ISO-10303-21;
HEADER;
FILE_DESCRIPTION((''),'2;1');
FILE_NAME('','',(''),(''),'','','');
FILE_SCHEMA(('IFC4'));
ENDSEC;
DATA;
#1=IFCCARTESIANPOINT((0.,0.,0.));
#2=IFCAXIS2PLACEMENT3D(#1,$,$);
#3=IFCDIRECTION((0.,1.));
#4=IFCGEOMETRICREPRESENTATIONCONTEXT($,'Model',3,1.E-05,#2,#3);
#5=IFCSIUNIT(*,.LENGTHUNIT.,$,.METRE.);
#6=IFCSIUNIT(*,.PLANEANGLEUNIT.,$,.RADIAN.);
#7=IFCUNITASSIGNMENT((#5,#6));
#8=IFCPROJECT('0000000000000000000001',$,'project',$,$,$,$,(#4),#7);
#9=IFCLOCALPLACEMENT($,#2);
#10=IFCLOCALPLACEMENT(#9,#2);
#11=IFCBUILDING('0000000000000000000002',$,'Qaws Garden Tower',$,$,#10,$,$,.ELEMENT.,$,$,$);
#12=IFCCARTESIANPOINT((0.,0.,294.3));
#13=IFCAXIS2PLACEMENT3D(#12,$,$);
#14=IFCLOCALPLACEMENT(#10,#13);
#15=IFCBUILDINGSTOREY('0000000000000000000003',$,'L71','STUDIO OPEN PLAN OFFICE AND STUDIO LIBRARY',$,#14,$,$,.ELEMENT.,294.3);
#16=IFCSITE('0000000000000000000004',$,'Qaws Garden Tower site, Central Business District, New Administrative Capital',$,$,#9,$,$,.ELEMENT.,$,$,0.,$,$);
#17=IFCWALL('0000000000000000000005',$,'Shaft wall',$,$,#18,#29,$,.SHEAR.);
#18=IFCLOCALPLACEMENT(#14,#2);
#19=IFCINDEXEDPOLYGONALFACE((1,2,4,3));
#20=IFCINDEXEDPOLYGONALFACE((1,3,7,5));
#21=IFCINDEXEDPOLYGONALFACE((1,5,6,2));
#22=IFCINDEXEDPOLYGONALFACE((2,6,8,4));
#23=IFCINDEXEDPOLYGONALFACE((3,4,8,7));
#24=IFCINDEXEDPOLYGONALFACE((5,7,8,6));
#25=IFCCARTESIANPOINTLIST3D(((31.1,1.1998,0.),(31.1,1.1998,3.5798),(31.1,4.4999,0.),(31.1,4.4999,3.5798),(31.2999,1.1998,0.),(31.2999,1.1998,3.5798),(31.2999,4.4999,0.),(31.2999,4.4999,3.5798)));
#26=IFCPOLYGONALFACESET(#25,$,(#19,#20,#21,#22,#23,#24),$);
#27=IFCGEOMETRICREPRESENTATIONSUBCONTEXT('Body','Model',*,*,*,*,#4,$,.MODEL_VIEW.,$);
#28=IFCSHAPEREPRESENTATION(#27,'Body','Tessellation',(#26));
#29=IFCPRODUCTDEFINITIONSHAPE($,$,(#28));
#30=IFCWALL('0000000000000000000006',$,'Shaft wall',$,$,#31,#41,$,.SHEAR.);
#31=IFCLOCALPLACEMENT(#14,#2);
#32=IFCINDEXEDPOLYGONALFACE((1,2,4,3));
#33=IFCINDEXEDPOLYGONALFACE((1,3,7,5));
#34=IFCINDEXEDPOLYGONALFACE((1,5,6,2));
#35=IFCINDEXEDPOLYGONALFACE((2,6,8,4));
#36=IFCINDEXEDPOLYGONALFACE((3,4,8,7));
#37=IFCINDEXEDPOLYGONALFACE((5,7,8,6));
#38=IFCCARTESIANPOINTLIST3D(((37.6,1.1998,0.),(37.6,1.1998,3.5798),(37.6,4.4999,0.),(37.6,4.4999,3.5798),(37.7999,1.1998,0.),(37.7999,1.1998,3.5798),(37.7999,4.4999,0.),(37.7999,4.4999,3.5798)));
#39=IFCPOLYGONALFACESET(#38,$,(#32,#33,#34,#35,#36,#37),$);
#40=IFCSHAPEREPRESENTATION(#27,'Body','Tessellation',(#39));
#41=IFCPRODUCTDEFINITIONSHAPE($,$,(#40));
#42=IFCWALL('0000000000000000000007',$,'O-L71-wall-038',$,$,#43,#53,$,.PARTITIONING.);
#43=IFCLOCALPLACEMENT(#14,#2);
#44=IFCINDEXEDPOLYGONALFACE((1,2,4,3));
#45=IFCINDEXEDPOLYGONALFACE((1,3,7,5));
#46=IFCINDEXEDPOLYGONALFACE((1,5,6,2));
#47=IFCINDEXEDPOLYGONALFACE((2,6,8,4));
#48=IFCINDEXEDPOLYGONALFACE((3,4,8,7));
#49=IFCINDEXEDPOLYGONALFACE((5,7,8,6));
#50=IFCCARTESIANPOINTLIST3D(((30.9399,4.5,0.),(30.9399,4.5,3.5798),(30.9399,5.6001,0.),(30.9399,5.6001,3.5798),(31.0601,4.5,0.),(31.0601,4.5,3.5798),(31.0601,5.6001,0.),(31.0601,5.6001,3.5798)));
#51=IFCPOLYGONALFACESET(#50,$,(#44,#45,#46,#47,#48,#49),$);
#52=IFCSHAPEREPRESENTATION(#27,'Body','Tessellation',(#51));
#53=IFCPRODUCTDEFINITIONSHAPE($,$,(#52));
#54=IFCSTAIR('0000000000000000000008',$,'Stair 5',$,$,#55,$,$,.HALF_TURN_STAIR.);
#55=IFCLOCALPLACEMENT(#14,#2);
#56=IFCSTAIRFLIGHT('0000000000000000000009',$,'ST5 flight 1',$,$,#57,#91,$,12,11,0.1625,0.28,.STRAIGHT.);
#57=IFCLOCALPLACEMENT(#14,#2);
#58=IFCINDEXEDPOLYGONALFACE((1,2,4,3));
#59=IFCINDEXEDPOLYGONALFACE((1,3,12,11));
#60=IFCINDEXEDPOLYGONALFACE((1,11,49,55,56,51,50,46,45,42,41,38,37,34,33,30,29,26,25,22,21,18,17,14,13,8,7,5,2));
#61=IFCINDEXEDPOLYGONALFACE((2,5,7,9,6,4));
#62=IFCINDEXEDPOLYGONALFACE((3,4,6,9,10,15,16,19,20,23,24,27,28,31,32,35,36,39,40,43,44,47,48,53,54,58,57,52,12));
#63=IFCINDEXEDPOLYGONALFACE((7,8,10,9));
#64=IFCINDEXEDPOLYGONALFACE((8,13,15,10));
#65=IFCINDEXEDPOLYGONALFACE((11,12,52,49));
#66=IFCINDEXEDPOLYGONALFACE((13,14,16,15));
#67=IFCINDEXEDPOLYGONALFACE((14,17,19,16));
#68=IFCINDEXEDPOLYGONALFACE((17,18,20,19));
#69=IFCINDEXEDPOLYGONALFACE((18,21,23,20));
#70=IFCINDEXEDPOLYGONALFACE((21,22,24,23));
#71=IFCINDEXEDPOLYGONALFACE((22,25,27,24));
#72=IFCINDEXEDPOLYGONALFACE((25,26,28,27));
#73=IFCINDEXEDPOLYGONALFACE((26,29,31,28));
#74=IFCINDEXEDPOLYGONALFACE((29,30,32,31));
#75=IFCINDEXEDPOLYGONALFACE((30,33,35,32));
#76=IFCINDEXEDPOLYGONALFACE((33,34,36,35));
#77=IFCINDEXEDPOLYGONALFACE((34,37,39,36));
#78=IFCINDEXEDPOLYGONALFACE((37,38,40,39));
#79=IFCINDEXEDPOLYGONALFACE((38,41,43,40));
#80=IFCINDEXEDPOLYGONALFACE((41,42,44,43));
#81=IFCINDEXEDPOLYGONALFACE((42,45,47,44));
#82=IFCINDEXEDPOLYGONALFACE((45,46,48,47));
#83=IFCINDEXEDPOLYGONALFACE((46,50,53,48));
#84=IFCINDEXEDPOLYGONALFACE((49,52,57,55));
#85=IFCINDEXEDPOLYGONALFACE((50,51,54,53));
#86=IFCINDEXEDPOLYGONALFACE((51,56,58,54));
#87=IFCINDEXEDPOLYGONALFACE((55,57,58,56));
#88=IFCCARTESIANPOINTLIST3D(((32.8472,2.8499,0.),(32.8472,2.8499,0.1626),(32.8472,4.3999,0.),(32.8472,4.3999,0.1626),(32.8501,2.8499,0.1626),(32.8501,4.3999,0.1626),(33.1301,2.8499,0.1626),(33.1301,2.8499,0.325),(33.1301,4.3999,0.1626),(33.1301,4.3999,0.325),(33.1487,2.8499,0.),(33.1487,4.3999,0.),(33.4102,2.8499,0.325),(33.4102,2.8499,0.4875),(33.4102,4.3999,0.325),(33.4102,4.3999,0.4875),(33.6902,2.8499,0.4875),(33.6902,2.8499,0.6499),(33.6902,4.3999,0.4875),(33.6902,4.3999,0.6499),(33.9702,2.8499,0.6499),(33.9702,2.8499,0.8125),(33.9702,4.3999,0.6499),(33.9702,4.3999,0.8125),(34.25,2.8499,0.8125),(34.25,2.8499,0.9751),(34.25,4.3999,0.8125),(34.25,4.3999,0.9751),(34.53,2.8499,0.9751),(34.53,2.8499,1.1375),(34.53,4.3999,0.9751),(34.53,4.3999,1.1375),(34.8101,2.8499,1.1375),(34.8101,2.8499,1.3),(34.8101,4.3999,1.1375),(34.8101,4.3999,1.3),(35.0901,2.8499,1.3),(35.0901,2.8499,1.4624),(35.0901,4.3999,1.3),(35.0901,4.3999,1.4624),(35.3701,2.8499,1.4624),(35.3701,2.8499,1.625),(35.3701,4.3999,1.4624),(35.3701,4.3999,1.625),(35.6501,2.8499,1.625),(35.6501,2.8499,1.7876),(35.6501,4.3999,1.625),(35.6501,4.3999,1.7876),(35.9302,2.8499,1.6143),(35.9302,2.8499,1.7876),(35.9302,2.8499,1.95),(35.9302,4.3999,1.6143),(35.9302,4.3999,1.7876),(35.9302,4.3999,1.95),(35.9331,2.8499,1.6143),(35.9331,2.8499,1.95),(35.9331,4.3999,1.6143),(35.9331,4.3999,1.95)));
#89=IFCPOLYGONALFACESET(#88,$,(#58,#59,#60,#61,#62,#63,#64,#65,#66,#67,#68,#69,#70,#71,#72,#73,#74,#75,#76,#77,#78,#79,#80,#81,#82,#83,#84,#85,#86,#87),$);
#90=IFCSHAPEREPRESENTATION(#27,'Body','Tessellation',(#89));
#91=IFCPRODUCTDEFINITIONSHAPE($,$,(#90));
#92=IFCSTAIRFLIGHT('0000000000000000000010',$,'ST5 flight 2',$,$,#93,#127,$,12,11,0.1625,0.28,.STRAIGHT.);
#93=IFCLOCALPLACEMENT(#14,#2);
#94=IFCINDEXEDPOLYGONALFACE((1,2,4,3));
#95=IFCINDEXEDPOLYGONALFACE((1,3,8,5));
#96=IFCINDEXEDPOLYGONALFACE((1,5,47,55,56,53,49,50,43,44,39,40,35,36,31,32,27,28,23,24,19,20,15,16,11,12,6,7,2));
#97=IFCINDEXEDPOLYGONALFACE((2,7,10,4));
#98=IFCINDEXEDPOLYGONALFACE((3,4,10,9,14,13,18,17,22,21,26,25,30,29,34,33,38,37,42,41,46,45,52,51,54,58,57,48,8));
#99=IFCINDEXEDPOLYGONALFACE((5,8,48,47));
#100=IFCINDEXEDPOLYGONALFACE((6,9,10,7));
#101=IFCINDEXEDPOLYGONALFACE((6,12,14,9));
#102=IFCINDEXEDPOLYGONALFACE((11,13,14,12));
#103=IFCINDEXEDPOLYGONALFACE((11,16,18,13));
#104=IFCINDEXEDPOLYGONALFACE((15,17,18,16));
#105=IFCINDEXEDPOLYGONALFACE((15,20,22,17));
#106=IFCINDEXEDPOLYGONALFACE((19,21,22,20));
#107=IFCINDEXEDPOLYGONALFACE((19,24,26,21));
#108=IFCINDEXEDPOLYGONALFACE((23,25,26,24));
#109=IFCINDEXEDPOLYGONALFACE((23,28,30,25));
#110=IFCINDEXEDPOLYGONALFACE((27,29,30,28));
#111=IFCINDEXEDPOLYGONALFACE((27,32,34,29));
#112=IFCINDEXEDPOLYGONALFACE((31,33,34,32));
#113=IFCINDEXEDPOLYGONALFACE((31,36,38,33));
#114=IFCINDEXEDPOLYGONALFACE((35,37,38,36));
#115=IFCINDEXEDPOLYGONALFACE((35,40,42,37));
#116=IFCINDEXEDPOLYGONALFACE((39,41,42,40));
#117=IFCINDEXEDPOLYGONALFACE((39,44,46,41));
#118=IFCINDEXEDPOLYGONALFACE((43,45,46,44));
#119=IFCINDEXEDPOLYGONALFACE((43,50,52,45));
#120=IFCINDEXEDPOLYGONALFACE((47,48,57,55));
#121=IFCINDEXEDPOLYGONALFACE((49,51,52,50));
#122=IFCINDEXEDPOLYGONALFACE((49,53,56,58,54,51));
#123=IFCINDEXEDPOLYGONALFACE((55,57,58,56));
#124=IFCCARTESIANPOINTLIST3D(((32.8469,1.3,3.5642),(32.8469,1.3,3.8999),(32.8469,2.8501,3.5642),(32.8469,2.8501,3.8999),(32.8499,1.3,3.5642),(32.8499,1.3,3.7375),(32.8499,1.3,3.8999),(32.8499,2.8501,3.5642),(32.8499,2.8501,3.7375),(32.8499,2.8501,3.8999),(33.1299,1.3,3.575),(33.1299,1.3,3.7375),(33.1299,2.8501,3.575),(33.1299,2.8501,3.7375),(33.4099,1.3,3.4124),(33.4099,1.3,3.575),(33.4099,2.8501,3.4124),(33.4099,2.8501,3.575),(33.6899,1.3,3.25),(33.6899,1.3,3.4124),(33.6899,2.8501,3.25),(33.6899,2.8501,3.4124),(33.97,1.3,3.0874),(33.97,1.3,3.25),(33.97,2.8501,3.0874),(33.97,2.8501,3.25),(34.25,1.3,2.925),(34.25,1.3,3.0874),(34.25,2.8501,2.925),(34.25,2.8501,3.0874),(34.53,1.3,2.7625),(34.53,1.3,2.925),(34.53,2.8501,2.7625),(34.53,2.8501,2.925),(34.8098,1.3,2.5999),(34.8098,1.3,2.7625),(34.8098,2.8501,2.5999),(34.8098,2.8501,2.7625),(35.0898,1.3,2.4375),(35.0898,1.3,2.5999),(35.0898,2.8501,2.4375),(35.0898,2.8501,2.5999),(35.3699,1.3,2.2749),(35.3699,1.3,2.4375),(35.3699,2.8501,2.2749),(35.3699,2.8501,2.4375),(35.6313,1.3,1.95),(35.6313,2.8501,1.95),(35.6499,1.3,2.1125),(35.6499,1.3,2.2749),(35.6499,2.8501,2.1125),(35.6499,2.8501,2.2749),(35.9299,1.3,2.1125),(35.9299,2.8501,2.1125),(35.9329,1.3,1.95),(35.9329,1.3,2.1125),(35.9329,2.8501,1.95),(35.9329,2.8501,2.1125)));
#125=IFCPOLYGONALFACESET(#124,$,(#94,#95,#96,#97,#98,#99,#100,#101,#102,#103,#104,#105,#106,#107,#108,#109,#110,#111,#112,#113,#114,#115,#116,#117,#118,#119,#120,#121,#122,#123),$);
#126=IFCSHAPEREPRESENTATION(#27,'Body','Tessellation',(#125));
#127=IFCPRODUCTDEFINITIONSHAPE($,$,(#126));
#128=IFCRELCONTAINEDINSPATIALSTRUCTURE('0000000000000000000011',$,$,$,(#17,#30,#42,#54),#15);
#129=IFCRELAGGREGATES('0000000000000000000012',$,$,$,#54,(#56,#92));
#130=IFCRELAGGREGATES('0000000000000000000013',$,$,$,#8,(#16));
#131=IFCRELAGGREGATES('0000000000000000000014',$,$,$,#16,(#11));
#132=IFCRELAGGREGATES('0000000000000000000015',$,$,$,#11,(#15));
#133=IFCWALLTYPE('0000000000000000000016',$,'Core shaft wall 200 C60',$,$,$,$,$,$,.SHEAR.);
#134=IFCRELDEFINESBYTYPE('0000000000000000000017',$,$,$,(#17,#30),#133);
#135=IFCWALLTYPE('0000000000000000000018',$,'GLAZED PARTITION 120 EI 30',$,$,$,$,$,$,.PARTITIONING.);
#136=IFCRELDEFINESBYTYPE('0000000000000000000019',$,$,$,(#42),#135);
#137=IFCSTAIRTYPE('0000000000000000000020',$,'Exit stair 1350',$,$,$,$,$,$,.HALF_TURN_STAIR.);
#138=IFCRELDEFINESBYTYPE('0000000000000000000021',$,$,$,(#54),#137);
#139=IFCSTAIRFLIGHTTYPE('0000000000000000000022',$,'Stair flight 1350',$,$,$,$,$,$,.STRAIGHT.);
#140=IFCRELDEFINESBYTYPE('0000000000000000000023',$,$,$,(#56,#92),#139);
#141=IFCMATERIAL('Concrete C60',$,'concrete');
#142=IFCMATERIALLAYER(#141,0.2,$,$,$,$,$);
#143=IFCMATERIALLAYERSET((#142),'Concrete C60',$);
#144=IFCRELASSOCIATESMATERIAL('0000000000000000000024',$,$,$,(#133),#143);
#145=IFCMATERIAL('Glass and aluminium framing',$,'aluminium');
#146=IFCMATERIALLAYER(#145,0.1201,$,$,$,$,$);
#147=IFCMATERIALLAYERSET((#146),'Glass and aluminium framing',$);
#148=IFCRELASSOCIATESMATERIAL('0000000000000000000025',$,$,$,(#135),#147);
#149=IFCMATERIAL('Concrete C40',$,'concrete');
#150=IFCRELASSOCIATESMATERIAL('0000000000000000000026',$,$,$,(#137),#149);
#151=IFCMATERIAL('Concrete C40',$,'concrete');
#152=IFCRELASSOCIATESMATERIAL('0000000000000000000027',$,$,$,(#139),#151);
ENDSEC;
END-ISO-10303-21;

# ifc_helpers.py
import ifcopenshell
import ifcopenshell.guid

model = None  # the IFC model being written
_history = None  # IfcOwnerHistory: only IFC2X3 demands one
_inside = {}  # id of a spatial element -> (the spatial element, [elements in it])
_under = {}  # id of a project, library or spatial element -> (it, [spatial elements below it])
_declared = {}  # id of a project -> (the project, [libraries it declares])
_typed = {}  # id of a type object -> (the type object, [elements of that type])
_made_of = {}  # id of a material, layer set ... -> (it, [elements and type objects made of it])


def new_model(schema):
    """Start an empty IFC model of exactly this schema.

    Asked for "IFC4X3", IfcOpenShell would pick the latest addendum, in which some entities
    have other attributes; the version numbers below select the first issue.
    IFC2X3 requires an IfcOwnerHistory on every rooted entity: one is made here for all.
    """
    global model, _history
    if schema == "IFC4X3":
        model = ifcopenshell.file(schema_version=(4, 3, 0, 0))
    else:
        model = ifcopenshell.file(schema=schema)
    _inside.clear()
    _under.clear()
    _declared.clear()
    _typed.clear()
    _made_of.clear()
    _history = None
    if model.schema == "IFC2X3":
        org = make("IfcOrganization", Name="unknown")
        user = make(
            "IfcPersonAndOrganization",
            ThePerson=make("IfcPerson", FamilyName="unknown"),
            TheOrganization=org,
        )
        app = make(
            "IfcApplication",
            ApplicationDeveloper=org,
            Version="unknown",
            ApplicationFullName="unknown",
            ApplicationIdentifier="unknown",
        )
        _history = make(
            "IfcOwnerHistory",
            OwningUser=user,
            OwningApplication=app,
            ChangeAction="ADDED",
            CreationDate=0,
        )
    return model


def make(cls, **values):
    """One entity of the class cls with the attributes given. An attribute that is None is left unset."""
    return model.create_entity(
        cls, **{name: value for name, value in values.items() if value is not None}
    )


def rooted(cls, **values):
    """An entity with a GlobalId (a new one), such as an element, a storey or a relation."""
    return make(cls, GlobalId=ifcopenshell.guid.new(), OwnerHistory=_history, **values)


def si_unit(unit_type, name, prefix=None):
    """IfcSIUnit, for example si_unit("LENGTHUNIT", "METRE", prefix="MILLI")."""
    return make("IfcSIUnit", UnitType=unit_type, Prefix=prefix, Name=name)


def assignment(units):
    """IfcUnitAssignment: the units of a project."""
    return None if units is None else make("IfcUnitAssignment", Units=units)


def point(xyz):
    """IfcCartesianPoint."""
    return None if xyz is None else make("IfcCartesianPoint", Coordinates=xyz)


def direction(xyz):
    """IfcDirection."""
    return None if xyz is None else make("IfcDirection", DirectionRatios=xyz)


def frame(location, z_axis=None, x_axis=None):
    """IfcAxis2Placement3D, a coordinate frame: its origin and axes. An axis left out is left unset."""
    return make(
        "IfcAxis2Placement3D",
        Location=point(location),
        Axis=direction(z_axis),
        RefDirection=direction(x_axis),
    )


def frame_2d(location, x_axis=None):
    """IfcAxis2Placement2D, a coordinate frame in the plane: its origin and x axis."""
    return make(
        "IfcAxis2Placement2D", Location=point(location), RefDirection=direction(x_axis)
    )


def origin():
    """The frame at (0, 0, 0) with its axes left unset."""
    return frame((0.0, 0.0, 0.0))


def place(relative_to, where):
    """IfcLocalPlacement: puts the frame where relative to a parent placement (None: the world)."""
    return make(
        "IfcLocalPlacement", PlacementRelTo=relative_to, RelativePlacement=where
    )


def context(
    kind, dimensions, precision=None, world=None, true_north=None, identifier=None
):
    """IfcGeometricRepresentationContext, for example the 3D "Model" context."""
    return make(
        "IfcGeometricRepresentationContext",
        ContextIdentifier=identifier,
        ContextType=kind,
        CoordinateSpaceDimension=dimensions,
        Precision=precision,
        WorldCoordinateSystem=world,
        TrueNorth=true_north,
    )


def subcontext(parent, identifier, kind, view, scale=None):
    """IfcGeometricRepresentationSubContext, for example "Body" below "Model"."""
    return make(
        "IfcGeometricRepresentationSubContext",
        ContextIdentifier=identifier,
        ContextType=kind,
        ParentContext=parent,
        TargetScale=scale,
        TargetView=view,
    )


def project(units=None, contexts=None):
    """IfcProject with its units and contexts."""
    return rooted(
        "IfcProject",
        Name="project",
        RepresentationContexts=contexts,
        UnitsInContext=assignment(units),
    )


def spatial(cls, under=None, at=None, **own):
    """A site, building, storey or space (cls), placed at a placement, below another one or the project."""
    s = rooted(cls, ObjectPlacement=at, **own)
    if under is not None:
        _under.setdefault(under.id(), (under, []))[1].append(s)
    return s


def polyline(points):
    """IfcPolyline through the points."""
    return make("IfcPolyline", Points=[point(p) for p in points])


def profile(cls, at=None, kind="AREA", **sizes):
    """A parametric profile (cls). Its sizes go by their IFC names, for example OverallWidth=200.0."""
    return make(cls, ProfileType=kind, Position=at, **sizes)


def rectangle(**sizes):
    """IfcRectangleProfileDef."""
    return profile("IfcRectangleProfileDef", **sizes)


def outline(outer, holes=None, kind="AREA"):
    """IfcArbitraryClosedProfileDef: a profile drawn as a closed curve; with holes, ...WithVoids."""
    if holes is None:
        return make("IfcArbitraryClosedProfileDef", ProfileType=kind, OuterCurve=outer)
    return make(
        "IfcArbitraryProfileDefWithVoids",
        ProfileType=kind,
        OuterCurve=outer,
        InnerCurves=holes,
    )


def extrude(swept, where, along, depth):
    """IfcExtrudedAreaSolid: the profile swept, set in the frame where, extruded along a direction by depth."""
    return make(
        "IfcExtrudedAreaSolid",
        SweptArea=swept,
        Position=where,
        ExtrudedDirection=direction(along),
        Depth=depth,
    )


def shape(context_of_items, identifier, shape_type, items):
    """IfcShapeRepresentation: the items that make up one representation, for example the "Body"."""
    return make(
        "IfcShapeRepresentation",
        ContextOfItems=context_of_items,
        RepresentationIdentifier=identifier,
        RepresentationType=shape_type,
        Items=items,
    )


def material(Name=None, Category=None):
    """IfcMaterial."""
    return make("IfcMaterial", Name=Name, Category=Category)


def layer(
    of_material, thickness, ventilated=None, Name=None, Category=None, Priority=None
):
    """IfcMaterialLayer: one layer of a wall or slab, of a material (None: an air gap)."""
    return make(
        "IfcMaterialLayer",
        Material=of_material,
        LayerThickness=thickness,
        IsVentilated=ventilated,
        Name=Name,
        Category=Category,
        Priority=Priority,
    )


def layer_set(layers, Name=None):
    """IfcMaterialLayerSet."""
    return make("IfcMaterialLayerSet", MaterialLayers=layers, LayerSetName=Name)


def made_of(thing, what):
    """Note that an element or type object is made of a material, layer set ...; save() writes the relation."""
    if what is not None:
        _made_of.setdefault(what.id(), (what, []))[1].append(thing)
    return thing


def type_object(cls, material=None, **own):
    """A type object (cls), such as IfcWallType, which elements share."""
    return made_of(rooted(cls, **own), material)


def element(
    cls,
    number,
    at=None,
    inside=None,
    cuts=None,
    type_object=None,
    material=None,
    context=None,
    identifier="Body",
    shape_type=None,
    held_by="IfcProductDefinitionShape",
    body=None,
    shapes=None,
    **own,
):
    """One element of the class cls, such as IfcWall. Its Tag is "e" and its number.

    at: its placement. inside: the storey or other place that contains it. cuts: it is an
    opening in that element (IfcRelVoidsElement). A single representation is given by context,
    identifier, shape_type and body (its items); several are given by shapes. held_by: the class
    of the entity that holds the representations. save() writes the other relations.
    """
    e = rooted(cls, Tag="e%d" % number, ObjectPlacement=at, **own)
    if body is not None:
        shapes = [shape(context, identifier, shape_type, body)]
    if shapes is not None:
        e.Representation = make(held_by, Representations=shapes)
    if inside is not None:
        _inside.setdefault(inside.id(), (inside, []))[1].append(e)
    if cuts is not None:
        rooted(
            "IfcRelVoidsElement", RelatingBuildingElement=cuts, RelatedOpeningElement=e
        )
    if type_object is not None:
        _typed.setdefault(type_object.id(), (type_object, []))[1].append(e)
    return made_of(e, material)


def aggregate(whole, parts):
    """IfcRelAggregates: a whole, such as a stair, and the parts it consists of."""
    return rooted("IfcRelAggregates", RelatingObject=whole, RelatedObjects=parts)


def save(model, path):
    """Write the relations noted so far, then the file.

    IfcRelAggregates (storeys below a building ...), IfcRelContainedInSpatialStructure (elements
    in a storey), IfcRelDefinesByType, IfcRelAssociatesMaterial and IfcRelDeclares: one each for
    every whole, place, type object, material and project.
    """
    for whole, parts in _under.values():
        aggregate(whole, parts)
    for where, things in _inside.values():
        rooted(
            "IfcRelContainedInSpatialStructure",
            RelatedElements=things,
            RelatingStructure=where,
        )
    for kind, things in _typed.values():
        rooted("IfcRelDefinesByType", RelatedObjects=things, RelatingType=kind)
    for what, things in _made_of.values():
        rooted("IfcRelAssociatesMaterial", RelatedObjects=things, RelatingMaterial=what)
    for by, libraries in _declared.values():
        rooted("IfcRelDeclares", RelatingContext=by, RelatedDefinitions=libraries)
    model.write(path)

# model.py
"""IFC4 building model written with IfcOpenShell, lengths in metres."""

from ifc_helpers import new_model, si_unit, direction, frame, frame_2d, origin, place, context, subcontext, project, spatial, polyline, rectangle, outline, extrude, material, layer, layer_set, type_object, element, aggregate, save


model = new_model("IFC4")

# Units and contexts
model_context = context("Model", 3, precision=1e-05, world=origin(), true_north=direction((0.0, 1.0)))
body_context = subcontext(model_context, "Body", "Model", "MODEL_VIEW")
ifc_project = project(units=[si_unit("LENGTHUNIT", "METRE"), si_unit("PLANEANGLEUNIT", "RADIAN")], contexts=[model_context])

# Site, building, storey
site_placement = place(None, origin())
site = spatial("IfcSite", under=ifc_project, at=site_placement, Name="Qaws Garden Tower site, Central Business District, New Administrative Capital", CompositionType="ELEMENT", RefElevation=0.0)
building_placement = place(site_placement, origin())
building = spatial("IfcBuilding", under=site, at=building_placement, Name="Qaws Garden Tower", CompositionType="ELEMENT")
storey_placement = place(building_placement, frame((0.0, 0.0, 294.3)))
storey = spatial("IfcBuildingStorey", under=building, at=storey_placement, Name="L71", Description="STUDIO OPEN PLAN OFFICE AND STUDIO LIBRARY", CompositionType="ELEMENT", Elevation=294.3)

# Shared definitions
ifc_material_1 = material(Name="Concrete C60", Category="concrete")
ifc_layer_1 = layer(ifc_material_1, 0.2)
ifc_layer_set_1 = layer_set([ifc_layer_1], Name="Concrete C60")
wall_type_1 = type_object("IfcWallType", Name="Core shaft wall 200 C60", PredefinedType="SHEAR", material=ifc_layer_set_1)

# Walls
for number, where, z_axis, x_axis, name in (
    (1, (31.2, 1.2, 0.0), (0.0, 0.0, 1.0), (0.0, 1.0, 0.0), "Shaft wall"),
    (2, (37.7, 1.2, 0.0), (0.0, 0.0, 1.0), (0.0, 1.0, 0.0), "Shaft wall"),
):
    element("IfcWall", number, at=place(storey_placement, frame(where, z_axis=z_axis, x_axis=x_axis)), inside=storey, type_object=wall_type_1, Name=name, PredefinedType="SHEAR", context=body_context, shape_type="SweptSolid", body=[
        extrude(rectangle(XDim=3.3, YDim=0.2, at=frame_2d((1.6499, 0.0))), origin(), (0.0, 0.0, 1.0), 3.5798),
    ])
ifc_material_2 = material(Name="Glass and aluminium framing", Category="aluminium")
ifc_layer_2 = layer(ifc_material_2, 0.1201)
ifc_layer_set_2 = layer_set([ifc_layer_2], Name="Glass and aluminium framing")
wall_type_2 = type_object("IfcWallType", Name="GLAZED PARTITION 120 EI 30", PredefinedType="PARTITIONING", material=ifc_layer_set_2)
wall_1_placement = place(storey_placement, frame((31.0, 4.5, 0.0), z_axis=(0.0, 0.0, 1.0), x_axis=(0.0, 1.0, 0.0)))
element("IfcWall", 3, at=wall_1_placement, inside=storey, type_object=wall_type_2, Name="O-L71-wall-038", PredefinedType="PARTITIONING", context=body_context, shape_type="SweptSolid", body=[
    extrude(rectangle(XDim=1.1001, YDim=0.1201, at=frame_2d((0.55, 0.0))), origin(), (0.0, 0.0, 1.0), 3.5798),
])

# Stair, stair flights
ifc_material_3 = material(Name="Concrete C40", Category="concrete")
stair_type = type_object("IfcStairType", Name="Exit stair 1350", PredefinedType="HALF_TURN_STAIR", material=ifc_material_3)
stair_placement = place(storey_placement, origin())
stair = element("IfcStair", 4, at=stair_placement, inside=storey, type_object=stair_type, Name="Stair 5", PredefinedType="HALF_TURN_STAIR")
ifc_material_4 = material(Name="Concrete C40", Category="concrete")
stair_flight_type = type_object("IfcStairFlightType", Name="Stair flight 1350", PredefinedType="STRAIGHT", material=ifc_material_4)
stair_flight_1_placement = place(storey_placement, frame((32.8501, 3.625, 0.0), z_axis=(0.0, 0.0, 1.0), x_axis=(1.0, 0.0, 0.0)))
stair_flight_1 = element("IfcStairFlight", 5, at=stair_flight_1_placement, type_object=stair_flight_type, Name="ST5 flight 1", NumberOfRisers=12, NumberOfTreads=11, PredefinedType="STRAIGHT", RiserHeight=0.1625, TreadLength=0.28, context=body_context, shape_type="SweptSolid", body=[
    extrude(outline(polyline([(-0.0029, 0.0), (-0.0029, 0.1626), (0.0, 0.1626), (0.28, 0.1626), (0.28, 0.325), (0.5601, 0.325), (0.5601, 0.4875), (0.8401, 0.4875), (0.8401, 0.6499), (1.1201, 0.6499), (1.1201, 0.8125), (1.3999, 0.8125), (1.3999, 0.9751), (1.6799, 0.9751), (1.6799, 1.1375), (1.96, 1.1375), (1.96, 1.3), (2.24, 1.3), (2.24, 1.4624), (2.52, 1.4624), (2.52, 1.625), (2.8, 1.625), (2.8, 1.7876), (3.0801, 1.7876), (3.0801, 1.95), (3.083, 1.95), (3.083, 1.6143), (3.0801, 1.6143), (0.2986, 0.0), (-0.0029, 0.0)])), frame((0.0, 0.7749, 0.0), z_axis=(0.0, -1.0, 0.0), x_axis=(1.0, 0.0, 0.0)), (0.0, 0.0, 1.0), 1.55),
])
stair_flight_2_placement = place(storey_placement, frame((35.9299, 2.075, 1.95), z_axis=(0.0, 0.0, 1.0), x_axis=(-1.0, 0.0, 0.0)))
stair_flight_2 = element("IfcStairFlight", 6, at=stair_flight_2_placement, type_object=stair_flight_type, Name="ST5 flight 2", NumberOfRisers=12, NumberOfTreads=11, PredefinedType="STRAIGHT", RiserHeight=0.1625, TreadLength=0.28, context=body_context, shape_type="SweptSolid", body=[
    extrude(outline(polyline([(-0.0029, 0.0), (-0.0029, 0.1626), (0.0, 0.1626), (0.28, 0.1626), (0.28, 0.325), (0.5601, 0.325), (0.5601, 0.4875), (0.8401, 0.4875), (0.8401, 0.6499), (1.1201, 0.6499), (1.1201, 0.8125), (1.3999, 0.8125), (1.3999, 0.9751), (1.6799, 0.9751), (1.6799, 1.1375), (1.96, 1.1375), (1.96, 1.3), (2.24, 1.3), (2.24, 1.4624), (2.52, 1.4624), (2.52, 1.625), (2.8, 1.625), (2.8, 1.7876), (3.0801, 1.7876), (3.0801, 1.95), (3.083, 1.95), (3.083, 1.6143), (3.0801, 1.6143), (0.2986, 0.0), (-0.0029, 0.0)])), frame((0.0, 0.7749, 0.0), z_axis=(0.0, -1.0, 0.0), x_axis=(1.0, 0.0, 0.0)), (0.0, 0.0, 1.0), 1.55),
])
aggregate(stair, [stair_flight_1, stair_flight_2])

save(model, "model.ifc")
